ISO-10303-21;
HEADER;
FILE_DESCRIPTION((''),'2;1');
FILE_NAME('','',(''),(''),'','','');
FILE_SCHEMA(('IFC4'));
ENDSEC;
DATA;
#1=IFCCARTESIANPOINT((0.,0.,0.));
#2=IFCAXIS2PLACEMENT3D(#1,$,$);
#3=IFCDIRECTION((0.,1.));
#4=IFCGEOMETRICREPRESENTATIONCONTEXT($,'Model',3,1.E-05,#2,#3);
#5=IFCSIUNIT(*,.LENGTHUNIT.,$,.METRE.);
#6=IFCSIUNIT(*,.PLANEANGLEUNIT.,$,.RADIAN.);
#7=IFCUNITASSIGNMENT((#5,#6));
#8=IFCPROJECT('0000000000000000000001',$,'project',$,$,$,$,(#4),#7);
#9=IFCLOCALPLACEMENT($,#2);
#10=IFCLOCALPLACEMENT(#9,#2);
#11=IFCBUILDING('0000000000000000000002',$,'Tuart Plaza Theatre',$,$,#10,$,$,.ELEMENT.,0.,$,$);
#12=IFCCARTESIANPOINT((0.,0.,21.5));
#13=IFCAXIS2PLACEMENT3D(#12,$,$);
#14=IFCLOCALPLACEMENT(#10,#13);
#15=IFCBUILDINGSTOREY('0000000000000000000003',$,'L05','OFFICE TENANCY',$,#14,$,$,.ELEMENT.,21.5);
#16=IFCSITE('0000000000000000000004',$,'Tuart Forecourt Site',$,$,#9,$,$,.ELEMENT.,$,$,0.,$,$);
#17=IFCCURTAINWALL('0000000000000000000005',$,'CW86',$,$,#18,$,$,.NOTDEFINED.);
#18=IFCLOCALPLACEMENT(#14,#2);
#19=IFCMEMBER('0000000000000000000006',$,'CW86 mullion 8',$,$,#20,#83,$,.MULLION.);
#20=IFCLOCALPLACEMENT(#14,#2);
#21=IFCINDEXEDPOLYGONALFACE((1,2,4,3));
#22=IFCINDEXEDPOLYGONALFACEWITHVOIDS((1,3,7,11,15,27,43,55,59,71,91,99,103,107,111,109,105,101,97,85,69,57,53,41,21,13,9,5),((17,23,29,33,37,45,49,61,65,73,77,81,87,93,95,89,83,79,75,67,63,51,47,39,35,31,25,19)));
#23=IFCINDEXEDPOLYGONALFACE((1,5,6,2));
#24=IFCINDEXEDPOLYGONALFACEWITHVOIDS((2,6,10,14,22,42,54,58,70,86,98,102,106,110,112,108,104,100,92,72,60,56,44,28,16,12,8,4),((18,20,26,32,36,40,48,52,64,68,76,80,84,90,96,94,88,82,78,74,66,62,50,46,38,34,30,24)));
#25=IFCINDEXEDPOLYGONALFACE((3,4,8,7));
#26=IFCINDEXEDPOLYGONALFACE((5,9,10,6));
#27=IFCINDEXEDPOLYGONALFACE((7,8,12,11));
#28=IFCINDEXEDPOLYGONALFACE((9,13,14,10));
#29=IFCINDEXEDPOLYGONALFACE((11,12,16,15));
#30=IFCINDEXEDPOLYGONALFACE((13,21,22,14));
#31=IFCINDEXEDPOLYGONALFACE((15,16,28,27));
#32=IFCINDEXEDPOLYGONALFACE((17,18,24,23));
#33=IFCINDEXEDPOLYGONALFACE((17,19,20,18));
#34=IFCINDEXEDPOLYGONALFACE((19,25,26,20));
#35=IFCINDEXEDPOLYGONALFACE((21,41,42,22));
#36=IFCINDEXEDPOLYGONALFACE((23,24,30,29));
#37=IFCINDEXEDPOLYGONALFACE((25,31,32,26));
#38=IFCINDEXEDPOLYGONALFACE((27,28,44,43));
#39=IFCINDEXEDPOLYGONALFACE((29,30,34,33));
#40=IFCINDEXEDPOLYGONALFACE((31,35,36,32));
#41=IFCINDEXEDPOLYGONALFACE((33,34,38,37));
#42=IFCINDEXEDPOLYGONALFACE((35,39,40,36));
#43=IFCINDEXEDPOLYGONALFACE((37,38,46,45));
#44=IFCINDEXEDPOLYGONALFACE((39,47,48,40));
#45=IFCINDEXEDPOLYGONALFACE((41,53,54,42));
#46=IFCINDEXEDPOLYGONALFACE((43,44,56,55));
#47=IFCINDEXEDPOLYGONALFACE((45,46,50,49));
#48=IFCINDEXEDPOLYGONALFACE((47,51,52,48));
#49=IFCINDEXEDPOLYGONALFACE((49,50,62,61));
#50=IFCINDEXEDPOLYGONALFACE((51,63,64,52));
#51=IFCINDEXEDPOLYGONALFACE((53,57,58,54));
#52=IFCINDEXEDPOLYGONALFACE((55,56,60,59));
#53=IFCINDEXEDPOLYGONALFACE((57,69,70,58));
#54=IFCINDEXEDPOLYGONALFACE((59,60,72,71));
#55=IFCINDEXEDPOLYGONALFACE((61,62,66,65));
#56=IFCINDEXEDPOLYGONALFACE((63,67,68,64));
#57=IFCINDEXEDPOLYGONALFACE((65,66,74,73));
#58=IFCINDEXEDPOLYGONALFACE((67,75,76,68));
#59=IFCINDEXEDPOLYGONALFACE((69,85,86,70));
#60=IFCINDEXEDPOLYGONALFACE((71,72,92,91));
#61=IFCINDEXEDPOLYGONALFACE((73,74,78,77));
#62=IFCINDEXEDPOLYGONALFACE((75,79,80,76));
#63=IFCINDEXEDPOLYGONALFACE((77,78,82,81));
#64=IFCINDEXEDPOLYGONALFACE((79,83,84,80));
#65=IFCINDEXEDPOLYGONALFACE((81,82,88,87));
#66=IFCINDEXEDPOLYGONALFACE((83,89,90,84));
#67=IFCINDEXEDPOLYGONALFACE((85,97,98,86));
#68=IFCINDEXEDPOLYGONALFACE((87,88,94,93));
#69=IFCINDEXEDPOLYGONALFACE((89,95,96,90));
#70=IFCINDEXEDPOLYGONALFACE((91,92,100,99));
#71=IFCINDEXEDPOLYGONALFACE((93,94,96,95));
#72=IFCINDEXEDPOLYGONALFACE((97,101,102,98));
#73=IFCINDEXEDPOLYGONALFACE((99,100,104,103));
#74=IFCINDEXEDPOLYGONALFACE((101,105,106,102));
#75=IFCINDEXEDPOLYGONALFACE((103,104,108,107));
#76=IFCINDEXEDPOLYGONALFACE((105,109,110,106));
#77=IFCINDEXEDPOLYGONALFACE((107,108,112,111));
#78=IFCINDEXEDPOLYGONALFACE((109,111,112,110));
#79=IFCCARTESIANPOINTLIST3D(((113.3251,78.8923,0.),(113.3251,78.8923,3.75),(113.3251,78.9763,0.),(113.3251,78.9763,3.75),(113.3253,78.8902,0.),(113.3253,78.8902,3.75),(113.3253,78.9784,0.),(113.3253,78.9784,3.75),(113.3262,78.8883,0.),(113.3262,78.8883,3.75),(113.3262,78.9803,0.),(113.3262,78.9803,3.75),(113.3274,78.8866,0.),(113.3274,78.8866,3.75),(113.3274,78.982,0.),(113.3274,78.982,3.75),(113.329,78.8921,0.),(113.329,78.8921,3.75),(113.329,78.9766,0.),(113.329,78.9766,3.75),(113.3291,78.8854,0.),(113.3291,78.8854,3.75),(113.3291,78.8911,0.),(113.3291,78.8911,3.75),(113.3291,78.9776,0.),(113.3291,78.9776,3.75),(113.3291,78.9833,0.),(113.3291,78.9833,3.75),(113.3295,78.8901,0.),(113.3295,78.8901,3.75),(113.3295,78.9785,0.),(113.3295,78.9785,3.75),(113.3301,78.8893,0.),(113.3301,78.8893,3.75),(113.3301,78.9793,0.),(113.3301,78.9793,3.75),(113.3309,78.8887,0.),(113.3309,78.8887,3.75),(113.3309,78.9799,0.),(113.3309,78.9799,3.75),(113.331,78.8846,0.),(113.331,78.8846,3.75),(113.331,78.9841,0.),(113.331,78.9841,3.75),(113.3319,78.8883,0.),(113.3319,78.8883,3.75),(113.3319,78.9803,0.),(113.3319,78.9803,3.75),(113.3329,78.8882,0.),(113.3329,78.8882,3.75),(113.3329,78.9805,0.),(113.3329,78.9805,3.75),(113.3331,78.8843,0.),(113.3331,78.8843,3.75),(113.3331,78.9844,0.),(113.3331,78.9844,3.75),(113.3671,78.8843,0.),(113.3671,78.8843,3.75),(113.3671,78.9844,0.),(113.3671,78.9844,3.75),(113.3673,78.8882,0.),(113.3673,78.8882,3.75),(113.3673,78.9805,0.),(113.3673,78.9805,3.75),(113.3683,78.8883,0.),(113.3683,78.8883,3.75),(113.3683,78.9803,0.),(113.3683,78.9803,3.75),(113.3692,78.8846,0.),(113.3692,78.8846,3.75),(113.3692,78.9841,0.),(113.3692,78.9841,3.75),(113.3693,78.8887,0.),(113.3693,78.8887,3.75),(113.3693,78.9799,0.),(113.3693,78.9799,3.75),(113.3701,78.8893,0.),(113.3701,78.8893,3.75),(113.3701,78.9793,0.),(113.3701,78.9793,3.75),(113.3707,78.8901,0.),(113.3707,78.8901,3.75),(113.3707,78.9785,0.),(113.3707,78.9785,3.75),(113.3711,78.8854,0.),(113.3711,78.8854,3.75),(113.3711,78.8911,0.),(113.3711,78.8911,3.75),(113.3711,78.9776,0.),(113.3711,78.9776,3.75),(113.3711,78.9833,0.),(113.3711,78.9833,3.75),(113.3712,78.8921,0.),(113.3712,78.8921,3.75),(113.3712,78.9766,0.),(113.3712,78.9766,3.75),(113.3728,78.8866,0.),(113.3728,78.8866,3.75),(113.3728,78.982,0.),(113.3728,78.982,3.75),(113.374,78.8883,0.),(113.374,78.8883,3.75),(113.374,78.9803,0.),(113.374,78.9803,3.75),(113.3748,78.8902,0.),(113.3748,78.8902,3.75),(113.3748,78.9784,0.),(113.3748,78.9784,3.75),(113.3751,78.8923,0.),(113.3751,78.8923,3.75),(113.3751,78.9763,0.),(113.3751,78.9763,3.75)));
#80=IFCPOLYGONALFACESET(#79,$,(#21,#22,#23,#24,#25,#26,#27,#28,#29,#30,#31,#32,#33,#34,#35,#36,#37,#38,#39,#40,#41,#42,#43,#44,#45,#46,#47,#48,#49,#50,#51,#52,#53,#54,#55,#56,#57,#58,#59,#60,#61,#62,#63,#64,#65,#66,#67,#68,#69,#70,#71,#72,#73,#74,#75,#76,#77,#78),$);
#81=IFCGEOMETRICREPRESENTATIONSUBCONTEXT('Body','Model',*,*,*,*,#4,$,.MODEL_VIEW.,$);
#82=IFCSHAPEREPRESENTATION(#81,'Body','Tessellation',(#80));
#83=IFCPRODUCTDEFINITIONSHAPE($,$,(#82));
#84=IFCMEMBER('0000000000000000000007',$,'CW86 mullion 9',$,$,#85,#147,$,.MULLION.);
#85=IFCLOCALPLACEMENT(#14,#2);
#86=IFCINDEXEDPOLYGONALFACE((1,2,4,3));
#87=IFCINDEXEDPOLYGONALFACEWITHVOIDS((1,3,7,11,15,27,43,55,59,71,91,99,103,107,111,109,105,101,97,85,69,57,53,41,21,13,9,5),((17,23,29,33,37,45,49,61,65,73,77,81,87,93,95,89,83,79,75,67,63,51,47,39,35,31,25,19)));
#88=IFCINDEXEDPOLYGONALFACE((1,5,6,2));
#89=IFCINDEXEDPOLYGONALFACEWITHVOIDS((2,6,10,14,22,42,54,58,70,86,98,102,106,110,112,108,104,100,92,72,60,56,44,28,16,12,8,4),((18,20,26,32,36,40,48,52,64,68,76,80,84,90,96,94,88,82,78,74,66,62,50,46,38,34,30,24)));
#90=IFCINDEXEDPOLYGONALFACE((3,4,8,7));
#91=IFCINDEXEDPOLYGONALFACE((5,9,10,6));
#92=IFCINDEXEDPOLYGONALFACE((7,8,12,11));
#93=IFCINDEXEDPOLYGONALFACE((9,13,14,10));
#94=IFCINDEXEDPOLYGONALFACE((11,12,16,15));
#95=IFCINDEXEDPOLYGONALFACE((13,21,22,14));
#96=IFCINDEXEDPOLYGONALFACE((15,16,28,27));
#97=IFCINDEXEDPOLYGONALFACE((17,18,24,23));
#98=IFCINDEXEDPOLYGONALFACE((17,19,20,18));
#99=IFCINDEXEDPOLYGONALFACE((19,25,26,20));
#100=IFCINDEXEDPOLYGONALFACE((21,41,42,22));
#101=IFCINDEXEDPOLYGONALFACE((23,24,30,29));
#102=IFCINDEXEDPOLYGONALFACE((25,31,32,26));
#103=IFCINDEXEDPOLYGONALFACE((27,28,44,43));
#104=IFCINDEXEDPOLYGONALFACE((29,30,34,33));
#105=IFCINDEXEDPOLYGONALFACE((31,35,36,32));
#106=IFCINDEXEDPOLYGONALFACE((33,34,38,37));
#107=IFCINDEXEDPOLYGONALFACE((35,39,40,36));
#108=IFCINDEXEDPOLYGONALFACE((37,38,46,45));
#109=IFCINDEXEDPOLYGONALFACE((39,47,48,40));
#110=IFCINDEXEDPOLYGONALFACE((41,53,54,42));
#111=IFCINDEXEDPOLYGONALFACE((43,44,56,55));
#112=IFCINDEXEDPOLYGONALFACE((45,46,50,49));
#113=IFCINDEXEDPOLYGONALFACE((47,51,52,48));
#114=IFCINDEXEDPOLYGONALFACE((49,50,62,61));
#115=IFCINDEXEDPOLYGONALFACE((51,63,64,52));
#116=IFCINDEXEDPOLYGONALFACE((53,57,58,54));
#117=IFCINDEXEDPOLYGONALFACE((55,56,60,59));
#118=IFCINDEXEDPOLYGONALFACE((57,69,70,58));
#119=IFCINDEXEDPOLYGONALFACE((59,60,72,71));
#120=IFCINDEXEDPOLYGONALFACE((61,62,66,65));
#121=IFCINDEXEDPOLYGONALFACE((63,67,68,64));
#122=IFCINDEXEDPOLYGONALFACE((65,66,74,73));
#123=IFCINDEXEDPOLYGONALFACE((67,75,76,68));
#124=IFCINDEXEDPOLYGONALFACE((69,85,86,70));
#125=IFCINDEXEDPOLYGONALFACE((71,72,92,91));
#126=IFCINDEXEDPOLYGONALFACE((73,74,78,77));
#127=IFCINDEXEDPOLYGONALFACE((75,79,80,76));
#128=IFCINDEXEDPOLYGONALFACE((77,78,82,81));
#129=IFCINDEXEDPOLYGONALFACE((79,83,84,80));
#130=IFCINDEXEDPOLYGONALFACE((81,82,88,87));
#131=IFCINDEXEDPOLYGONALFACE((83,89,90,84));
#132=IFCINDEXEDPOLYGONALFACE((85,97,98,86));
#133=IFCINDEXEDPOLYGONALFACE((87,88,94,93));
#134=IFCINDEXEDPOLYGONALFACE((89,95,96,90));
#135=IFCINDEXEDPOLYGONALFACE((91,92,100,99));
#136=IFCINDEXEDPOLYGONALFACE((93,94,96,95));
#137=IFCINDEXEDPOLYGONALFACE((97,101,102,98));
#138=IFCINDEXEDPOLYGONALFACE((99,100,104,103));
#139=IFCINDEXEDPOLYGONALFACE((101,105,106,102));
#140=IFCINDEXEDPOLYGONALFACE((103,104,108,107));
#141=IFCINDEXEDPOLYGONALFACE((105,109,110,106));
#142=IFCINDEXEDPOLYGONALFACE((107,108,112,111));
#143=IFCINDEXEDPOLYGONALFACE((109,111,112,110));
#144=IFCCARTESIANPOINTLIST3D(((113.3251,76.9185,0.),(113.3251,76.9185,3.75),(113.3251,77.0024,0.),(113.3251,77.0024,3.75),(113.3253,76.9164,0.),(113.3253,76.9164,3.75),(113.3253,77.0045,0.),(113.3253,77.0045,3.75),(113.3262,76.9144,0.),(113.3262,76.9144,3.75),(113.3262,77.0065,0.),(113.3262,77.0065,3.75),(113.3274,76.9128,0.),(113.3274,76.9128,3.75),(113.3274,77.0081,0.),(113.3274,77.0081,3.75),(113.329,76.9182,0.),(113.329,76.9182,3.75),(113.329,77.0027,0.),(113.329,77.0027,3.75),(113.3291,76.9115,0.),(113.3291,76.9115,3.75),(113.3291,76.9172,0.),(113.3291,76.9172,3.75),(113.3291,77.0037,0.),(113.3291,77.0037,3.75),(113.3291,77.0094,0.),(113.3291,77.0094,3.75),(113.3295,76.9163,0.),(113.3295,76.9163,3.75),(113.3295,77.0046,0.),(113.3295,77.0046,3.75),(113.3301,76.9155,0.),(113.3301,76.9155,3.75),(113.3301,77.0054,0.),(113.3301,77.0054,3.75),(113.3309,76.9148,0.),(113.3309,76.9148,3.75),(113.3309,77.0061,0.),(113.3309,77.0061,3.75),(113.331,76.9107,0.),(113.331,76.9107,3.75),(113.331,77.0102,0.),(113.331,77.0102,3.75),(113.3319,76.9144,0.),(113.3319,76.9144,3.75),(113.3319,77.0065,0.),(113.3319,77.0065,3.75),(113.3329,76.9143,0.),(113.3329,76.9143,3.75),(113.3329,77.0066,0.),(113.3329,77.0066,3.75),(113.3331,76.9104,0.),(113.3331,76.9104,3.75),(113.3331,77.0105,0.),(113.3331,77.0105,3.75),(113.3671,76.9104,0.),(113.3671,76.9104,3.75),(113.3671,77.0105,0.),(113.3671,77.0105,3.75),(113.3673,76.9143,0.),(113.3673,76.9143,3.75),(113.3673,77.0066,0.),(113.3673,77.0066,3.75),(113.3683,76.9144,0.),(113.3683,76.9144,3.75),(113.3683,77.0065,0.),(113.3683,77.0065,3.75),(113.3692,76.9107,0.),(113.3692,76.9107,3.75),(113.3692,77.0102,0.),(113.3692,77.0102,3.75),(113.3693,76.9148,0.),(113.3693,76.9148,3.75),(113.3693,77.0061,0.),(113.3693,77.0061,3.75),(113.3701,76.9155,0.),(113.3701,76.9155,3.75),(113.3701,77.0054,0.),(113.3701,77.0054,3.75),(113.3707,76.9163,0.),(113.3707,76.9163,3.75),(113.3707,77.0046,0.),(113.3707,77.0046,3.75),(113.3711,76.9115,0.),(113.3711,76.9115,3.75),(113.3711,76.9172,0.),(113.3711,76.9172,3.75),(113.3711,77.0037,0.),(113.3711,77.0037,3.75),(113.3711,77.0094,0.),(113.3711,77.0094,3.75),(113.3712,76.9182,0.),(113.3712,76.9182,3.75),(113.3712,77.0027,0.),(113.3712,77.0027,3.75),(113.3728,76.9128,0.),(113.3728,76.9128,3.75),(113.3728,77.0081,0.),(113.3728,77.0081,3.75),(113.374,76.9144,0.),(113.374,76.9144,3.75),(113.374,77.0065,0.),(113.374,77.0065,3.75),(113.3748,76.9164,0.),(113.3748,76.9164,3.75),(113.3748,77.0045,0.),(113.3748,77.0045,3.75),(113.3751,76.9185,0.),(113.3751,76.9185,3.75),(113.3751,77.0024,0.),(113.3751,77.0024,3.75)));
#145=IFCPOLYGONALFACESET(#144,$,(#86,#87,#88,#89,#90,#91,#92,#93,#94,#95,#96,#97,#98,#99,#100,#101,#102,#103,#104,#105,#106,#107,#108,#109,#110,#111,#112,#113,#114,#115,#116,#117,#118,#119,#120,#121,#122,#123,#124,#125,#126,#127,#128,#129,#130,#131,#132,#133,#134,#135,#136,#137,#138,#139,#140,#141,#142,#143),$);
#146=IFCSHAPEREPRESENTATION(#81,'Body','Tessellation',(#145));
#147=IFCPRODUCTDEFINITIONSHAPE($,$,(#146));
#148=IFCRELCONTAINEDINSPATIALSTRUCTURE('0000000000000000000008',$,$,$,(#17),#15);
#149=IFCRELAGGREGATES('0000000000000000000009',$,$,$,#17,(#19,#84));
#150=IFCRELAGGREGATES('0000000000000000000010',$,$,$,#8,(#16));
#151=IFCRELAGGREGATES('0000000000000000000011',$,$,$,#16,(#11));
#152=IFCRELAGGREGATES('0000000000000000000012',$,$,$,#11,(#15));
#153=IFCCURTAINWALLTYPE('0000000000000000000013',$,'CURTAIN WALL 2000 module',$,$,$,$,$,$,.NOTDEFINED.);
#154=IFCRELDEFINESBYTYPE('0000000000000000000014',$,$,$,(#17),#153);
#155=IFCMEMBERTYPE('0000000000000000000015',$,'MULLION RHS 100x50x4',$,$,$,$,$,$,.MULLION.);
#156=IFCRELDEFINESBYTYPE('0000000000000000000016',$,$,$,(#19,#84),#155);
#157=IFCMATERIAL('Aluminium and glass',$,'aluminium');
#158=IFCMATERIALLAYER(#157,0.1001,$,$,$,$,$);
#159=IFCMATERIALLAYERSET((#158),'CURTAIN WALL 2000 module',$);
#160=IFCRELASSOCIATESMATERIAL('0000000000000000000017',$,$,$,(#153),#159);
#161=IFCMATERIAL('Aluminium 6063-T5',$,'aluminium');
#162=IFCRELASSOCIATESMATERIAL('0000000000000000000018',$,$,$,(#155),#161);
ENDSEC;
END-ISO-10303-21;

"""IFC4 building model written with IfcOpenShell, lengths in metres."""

from ifc_helpers import new_model, si_unit, direction, frame, origin, origin_2d, place, context, subcontext, project, spatial, hollow_rectangle, extrude, material, layer, layer_set, material_profile, profile_set, type_object, element, aggregate, save


model = new_model("IFC4")

# Units and contexts
model_context = context("Model", 3, precision=1e-05, world=origin(), true_north=direction((0.0, 1.0)))
body_context = subcontext(model_context, "Body", "Model", "MODEL_VIEW")
ifc_project = project(units=[si_unit("LENGTHUNIT", "METRE"), si_unit("PLANEANGLEUNIT", "RADIAN")], contexts=[model_context])

# Site, building, storey
site_placement = place(None, origin())
site = spatial("IfcSite", under=ifc_project, at=site_placement, Name="Tuart Forecourt Site", CompositionType="ELEMENT", RefElevation=0.0)
building_placement = place(site_placement, origin())
building = spatial("IfcBuilding", under=site, at=building_placement, Name="Tuart Plaza Theatre", CompositionType="ELEMENT", ElevationOfRefHeight=0.0)
storey_placement = place(building_placement, frame((0.0, 0.0, 21.5)))
storey = spatial("IfcBuildingStorey", under=building, at=storey_placement, Name="L05", Description="OFFICE TENANCY", CompositionType="ELEMENT", Elevation=21.5)

# Curtain wall, members
ifc_material_1 = material(Name="Aluminium and glass", Category="aluminium")
ifc_layer_1 = layer(ifc_material_1, 0.1001)
ifc_layer_set_1 = layer_set([ifc_layer_1], Name="CURTAIN WALL 2000 module")
curtain_wall_type = type_object("IfcCurtainWallType", Name="CURTAIN WALL 2000 module", PredefinedType="NOTDEFINED", material=ifc_layer_set_1)
curtain_wall_placement = place(storey_placement, origin())
curtain_wall = element("IfcCurtainWall", 1, at=curtain_wall_placement, inside=storey, type_object=curtain_wall_type, Name="CW86", PredefinedType="NOTDEFINED")
ifc_material_2 = material(Name="Aluminium 6063-T5", Category="aluminium")
ifc_material_profile_1 = material_profile(ifc_material_2, hollow_rectangle(XDim=0.05, YDim=0.1001, WallThickness=0.0039, InnerFilletRadius=0.0039, OuterFilletRadius=0.0081, at=origin_2d()), Name="RHS 100x50x4")
ifc_profile_set_1 = profile_set([ifc_material_profile_1], Name="Aluminium 6063-T5")
member_type_1 = type_object("IfcMemberType", Name="MULLION RHS 100x50x4", PredefinedType="MULLION", material=ifc_profile_set_1)
member_1_placement = place(storey_placement, frame((113.3501, 78.9343, 0.0), z_axis=(0.0, 0.0, 1.0), x_axis=(1.0, 0.0, 0.0)))
member_1 = element("IfcMember", 2, at=member_1_placement, type_object=member_type_1, Name="CW86 mullion 8", PredefinedType="MULLION", context=body_context, shape_type="SweptSolid", body=[
    extrude(hollow_rectangle(XDim=0.05, YDim=0.1001, WallThickness=0.0039, InnerFilletRadius=0.0039, OuterFilletRadius=0.0081, at=origin_2d()), origin(), (0.0, 0.0, 1.0), 3.75),
])
member_2_placement = place(storey_placement, frame((113.3501, 76.9604, 0.0), z_axis=(0.0, 0.0, 1.0), x_axis=(1.0, 0.0, 0.0)))
member_2 = element("IfcMember", 3, at=member_2_placement, type_object=member_type_1, Name="CW86 mullion 9", PredefinedType="MULLION", context=body_context, shape_type="SweptSolid", body=[
    extrude(hollow_rectangle(XDim=0.05, YDim=0.1001, WallThickness=0.0039, InnerFilletRadius=0.0039, OuterFilletRadius=0.0081, at=origin_2d()), origin(), (0.0, 0.0, 1.0), 3.75),
])
aggregate(curtain_wall, [member_1, member_2])

save(model, "model.ifc")
